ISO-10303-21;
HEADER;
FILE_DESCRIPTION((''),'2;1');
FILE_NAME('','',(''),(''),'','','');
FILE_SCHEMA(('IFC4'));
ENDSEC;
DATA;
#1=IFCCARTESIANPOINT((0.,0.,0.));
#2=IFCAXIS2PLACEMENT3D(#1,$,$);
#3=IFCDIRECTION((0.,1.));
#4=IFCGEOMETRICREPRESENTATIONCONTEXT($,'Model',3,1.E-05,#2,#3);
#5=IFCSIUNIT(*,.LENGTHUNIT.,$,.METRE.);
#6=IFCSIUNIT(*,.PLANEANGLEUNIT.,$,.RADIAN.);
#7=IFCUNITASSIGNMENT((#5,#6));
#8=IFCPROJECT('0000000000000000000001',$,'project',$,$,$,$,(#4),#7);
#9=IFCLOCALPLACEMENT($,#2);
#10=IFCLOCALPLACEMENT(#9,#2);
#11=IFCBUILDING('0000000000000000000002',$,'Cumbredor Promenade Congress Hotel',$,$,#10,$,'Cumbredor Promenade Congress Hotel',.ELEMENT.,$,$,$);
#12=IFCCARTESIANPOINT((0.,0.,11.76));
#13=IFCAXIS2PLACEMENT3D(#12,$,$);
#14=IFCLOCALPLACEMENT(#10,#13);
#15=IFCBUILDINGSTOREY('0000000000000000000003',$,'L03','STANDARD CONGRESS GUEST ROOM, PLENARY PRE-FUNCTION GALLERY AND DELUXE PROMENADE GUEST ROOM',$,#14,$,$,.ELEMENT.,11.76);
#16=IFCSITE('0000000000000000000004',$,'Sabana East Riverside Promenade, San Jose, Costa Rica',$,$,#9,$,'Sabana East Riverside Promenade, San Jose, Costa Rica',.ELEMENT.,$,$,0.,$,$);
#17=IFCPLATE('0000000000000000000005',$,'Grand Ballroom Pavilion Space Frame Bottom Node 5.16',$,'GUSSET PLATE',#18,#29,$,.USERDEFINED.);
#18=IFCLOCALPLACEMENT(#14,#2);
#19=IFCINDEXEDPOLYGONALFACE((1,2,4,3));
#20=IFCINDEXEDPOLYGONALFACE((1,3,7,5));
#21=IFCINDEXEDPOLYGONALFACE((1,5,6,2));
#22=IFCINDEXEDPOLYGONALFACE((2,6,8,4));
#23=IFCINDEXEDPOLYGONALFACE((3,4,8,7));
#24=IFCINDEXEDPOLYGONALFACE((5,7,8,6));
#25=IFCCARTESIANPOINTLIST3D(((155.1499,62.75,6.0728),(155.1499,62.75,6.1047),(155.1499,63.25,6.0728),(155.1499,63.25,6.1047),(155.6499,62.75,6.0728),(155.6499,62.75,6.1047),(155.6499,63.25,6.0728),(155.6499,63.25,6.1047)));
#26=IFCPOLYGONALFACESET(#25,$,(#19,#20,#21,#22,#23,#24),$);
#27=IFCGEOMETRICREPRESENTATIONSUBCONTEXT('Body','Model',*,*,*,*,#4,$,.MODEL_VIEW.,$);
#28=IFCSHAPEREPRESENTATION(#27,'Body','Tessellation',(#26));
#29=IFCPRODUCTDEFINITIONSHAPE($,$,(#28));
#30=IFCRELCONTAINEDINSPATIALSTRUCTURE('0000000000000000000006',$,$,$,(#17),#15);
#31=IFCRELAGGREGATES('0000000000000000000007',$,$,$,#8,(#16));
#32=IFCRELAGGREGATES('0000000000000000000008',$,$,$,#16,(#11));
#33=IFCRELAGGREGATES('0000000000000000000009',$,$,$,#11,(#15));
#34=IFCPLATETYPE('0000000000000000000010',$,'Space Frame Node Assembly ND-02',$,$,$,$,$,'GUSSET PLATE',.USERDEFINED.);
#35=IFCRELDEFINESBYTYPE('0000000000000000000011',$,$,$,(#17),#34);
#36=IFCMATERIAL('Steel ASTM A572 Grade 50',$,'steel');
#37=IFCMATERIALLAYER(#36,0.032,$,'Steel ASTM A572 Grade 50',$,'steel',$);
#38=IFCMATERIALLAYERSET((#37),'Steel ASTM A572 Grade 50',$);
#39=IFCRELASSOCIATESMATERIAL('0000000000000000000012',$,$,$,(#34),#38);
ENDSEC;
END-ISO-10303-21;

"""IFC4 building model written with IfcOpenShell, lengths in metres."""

from ifc_helpers import new_model, si_unit, direction, frame, origin, origin_2d, place, context, subcontext, project, spatial, rectangle, extrude, material, layer, layer_set, type_object, element, save


model = new_model("IFC4")

# Units and contexts
model_context = context("Model", 3, precision=1e-05, world=origin(), true_north=direction((0.0, 1.0)))
body_context = subcontext(model_context, "Body", "Model", "MODEL_VIEW")
ifc_project = project(units=[si_unit("LENGTHUNIT", "METRE"), si_unit("PLANEANGLEUNIT", "RADIAN")], contexts=[model_context])

# Site, building, storey
site_placement = place(None, origin())
site = spatial("IfcSite", under=ifc_project, at=site_placement, Name="Sabana East Riverside Promenade, San Jose, Costa Rica", LongName="Sabana East Riverside Promenade, San Jose, Costa Rica", CompositionType="ELEMENT", RefElevation=0.0)
building_placement = place(site_placement, origin())
building = spatial("IfcBuilding", under=site, at=building_placement, Name="Cumbredor Promenade Congress Hotel", LongName="Cumbredor Promenade Congress Hotel", CompositionType="ELEMENT")
storey_placement = place(building_placement, frame((0.0, 0.0, 11.76)))
storey = spatial("IfcBuildingStorey", under=building, at=storey_placement, Name="L03", Description="STANDARD CONGRESS GUEST ROOM, PLENARY PRE-FUNCTION GALLERY AND DELUXE PROMENADE GUEST ROOM", CompositionType="ELEMENT", Elevation=11.76)

# Plate
ifc_material_1 = material(Name="Steel ASTM A572 Grade 50", Category="steel")
ifc_layer_1 = layer(ifc_material_1, 0.032, Name="Steel ASTM A572 Grade 50", Category="steel")
ifc_layer_set_1 = layer_set([ifc_layer_1], Name="Steel ASTM A572 Grade 50")
plate_type_1 = type_object("IfcPlateType", Name="Space Frame Node Assembly ND-02", ElementType="GUSSET PLATE", PredefinedType="USERDEFINED", material=ifc_layer_set_1)
for number, where, z_axis, x_axis, name in (
    (1, (155.3999, 63.0, 6.0728), (0.0, 0.0, 1.0), (1.0, 0.0, 0.0), "Grand Ballroom Pavilion Space Frame Bottom Node 5.16"),
):
    element("IfcPlate", number, at=place(storey_placement, frame(where, z_axis=z_axis, x_axis=x_axis)), inside=storey, type_object=plate_type_1, Name=name, ObjectType="GUSSET PLATE", PredefinedType="USERDEFINED", context=body_context, shape_type="SweptSolid", body=[
        extrude(rectangle(XDim=0.5, YDim=0.5, at=origin_2d()), origin(), (0.0, 0.0, 1.0), 0.032),
    ])

save(model, "model.ifc")
